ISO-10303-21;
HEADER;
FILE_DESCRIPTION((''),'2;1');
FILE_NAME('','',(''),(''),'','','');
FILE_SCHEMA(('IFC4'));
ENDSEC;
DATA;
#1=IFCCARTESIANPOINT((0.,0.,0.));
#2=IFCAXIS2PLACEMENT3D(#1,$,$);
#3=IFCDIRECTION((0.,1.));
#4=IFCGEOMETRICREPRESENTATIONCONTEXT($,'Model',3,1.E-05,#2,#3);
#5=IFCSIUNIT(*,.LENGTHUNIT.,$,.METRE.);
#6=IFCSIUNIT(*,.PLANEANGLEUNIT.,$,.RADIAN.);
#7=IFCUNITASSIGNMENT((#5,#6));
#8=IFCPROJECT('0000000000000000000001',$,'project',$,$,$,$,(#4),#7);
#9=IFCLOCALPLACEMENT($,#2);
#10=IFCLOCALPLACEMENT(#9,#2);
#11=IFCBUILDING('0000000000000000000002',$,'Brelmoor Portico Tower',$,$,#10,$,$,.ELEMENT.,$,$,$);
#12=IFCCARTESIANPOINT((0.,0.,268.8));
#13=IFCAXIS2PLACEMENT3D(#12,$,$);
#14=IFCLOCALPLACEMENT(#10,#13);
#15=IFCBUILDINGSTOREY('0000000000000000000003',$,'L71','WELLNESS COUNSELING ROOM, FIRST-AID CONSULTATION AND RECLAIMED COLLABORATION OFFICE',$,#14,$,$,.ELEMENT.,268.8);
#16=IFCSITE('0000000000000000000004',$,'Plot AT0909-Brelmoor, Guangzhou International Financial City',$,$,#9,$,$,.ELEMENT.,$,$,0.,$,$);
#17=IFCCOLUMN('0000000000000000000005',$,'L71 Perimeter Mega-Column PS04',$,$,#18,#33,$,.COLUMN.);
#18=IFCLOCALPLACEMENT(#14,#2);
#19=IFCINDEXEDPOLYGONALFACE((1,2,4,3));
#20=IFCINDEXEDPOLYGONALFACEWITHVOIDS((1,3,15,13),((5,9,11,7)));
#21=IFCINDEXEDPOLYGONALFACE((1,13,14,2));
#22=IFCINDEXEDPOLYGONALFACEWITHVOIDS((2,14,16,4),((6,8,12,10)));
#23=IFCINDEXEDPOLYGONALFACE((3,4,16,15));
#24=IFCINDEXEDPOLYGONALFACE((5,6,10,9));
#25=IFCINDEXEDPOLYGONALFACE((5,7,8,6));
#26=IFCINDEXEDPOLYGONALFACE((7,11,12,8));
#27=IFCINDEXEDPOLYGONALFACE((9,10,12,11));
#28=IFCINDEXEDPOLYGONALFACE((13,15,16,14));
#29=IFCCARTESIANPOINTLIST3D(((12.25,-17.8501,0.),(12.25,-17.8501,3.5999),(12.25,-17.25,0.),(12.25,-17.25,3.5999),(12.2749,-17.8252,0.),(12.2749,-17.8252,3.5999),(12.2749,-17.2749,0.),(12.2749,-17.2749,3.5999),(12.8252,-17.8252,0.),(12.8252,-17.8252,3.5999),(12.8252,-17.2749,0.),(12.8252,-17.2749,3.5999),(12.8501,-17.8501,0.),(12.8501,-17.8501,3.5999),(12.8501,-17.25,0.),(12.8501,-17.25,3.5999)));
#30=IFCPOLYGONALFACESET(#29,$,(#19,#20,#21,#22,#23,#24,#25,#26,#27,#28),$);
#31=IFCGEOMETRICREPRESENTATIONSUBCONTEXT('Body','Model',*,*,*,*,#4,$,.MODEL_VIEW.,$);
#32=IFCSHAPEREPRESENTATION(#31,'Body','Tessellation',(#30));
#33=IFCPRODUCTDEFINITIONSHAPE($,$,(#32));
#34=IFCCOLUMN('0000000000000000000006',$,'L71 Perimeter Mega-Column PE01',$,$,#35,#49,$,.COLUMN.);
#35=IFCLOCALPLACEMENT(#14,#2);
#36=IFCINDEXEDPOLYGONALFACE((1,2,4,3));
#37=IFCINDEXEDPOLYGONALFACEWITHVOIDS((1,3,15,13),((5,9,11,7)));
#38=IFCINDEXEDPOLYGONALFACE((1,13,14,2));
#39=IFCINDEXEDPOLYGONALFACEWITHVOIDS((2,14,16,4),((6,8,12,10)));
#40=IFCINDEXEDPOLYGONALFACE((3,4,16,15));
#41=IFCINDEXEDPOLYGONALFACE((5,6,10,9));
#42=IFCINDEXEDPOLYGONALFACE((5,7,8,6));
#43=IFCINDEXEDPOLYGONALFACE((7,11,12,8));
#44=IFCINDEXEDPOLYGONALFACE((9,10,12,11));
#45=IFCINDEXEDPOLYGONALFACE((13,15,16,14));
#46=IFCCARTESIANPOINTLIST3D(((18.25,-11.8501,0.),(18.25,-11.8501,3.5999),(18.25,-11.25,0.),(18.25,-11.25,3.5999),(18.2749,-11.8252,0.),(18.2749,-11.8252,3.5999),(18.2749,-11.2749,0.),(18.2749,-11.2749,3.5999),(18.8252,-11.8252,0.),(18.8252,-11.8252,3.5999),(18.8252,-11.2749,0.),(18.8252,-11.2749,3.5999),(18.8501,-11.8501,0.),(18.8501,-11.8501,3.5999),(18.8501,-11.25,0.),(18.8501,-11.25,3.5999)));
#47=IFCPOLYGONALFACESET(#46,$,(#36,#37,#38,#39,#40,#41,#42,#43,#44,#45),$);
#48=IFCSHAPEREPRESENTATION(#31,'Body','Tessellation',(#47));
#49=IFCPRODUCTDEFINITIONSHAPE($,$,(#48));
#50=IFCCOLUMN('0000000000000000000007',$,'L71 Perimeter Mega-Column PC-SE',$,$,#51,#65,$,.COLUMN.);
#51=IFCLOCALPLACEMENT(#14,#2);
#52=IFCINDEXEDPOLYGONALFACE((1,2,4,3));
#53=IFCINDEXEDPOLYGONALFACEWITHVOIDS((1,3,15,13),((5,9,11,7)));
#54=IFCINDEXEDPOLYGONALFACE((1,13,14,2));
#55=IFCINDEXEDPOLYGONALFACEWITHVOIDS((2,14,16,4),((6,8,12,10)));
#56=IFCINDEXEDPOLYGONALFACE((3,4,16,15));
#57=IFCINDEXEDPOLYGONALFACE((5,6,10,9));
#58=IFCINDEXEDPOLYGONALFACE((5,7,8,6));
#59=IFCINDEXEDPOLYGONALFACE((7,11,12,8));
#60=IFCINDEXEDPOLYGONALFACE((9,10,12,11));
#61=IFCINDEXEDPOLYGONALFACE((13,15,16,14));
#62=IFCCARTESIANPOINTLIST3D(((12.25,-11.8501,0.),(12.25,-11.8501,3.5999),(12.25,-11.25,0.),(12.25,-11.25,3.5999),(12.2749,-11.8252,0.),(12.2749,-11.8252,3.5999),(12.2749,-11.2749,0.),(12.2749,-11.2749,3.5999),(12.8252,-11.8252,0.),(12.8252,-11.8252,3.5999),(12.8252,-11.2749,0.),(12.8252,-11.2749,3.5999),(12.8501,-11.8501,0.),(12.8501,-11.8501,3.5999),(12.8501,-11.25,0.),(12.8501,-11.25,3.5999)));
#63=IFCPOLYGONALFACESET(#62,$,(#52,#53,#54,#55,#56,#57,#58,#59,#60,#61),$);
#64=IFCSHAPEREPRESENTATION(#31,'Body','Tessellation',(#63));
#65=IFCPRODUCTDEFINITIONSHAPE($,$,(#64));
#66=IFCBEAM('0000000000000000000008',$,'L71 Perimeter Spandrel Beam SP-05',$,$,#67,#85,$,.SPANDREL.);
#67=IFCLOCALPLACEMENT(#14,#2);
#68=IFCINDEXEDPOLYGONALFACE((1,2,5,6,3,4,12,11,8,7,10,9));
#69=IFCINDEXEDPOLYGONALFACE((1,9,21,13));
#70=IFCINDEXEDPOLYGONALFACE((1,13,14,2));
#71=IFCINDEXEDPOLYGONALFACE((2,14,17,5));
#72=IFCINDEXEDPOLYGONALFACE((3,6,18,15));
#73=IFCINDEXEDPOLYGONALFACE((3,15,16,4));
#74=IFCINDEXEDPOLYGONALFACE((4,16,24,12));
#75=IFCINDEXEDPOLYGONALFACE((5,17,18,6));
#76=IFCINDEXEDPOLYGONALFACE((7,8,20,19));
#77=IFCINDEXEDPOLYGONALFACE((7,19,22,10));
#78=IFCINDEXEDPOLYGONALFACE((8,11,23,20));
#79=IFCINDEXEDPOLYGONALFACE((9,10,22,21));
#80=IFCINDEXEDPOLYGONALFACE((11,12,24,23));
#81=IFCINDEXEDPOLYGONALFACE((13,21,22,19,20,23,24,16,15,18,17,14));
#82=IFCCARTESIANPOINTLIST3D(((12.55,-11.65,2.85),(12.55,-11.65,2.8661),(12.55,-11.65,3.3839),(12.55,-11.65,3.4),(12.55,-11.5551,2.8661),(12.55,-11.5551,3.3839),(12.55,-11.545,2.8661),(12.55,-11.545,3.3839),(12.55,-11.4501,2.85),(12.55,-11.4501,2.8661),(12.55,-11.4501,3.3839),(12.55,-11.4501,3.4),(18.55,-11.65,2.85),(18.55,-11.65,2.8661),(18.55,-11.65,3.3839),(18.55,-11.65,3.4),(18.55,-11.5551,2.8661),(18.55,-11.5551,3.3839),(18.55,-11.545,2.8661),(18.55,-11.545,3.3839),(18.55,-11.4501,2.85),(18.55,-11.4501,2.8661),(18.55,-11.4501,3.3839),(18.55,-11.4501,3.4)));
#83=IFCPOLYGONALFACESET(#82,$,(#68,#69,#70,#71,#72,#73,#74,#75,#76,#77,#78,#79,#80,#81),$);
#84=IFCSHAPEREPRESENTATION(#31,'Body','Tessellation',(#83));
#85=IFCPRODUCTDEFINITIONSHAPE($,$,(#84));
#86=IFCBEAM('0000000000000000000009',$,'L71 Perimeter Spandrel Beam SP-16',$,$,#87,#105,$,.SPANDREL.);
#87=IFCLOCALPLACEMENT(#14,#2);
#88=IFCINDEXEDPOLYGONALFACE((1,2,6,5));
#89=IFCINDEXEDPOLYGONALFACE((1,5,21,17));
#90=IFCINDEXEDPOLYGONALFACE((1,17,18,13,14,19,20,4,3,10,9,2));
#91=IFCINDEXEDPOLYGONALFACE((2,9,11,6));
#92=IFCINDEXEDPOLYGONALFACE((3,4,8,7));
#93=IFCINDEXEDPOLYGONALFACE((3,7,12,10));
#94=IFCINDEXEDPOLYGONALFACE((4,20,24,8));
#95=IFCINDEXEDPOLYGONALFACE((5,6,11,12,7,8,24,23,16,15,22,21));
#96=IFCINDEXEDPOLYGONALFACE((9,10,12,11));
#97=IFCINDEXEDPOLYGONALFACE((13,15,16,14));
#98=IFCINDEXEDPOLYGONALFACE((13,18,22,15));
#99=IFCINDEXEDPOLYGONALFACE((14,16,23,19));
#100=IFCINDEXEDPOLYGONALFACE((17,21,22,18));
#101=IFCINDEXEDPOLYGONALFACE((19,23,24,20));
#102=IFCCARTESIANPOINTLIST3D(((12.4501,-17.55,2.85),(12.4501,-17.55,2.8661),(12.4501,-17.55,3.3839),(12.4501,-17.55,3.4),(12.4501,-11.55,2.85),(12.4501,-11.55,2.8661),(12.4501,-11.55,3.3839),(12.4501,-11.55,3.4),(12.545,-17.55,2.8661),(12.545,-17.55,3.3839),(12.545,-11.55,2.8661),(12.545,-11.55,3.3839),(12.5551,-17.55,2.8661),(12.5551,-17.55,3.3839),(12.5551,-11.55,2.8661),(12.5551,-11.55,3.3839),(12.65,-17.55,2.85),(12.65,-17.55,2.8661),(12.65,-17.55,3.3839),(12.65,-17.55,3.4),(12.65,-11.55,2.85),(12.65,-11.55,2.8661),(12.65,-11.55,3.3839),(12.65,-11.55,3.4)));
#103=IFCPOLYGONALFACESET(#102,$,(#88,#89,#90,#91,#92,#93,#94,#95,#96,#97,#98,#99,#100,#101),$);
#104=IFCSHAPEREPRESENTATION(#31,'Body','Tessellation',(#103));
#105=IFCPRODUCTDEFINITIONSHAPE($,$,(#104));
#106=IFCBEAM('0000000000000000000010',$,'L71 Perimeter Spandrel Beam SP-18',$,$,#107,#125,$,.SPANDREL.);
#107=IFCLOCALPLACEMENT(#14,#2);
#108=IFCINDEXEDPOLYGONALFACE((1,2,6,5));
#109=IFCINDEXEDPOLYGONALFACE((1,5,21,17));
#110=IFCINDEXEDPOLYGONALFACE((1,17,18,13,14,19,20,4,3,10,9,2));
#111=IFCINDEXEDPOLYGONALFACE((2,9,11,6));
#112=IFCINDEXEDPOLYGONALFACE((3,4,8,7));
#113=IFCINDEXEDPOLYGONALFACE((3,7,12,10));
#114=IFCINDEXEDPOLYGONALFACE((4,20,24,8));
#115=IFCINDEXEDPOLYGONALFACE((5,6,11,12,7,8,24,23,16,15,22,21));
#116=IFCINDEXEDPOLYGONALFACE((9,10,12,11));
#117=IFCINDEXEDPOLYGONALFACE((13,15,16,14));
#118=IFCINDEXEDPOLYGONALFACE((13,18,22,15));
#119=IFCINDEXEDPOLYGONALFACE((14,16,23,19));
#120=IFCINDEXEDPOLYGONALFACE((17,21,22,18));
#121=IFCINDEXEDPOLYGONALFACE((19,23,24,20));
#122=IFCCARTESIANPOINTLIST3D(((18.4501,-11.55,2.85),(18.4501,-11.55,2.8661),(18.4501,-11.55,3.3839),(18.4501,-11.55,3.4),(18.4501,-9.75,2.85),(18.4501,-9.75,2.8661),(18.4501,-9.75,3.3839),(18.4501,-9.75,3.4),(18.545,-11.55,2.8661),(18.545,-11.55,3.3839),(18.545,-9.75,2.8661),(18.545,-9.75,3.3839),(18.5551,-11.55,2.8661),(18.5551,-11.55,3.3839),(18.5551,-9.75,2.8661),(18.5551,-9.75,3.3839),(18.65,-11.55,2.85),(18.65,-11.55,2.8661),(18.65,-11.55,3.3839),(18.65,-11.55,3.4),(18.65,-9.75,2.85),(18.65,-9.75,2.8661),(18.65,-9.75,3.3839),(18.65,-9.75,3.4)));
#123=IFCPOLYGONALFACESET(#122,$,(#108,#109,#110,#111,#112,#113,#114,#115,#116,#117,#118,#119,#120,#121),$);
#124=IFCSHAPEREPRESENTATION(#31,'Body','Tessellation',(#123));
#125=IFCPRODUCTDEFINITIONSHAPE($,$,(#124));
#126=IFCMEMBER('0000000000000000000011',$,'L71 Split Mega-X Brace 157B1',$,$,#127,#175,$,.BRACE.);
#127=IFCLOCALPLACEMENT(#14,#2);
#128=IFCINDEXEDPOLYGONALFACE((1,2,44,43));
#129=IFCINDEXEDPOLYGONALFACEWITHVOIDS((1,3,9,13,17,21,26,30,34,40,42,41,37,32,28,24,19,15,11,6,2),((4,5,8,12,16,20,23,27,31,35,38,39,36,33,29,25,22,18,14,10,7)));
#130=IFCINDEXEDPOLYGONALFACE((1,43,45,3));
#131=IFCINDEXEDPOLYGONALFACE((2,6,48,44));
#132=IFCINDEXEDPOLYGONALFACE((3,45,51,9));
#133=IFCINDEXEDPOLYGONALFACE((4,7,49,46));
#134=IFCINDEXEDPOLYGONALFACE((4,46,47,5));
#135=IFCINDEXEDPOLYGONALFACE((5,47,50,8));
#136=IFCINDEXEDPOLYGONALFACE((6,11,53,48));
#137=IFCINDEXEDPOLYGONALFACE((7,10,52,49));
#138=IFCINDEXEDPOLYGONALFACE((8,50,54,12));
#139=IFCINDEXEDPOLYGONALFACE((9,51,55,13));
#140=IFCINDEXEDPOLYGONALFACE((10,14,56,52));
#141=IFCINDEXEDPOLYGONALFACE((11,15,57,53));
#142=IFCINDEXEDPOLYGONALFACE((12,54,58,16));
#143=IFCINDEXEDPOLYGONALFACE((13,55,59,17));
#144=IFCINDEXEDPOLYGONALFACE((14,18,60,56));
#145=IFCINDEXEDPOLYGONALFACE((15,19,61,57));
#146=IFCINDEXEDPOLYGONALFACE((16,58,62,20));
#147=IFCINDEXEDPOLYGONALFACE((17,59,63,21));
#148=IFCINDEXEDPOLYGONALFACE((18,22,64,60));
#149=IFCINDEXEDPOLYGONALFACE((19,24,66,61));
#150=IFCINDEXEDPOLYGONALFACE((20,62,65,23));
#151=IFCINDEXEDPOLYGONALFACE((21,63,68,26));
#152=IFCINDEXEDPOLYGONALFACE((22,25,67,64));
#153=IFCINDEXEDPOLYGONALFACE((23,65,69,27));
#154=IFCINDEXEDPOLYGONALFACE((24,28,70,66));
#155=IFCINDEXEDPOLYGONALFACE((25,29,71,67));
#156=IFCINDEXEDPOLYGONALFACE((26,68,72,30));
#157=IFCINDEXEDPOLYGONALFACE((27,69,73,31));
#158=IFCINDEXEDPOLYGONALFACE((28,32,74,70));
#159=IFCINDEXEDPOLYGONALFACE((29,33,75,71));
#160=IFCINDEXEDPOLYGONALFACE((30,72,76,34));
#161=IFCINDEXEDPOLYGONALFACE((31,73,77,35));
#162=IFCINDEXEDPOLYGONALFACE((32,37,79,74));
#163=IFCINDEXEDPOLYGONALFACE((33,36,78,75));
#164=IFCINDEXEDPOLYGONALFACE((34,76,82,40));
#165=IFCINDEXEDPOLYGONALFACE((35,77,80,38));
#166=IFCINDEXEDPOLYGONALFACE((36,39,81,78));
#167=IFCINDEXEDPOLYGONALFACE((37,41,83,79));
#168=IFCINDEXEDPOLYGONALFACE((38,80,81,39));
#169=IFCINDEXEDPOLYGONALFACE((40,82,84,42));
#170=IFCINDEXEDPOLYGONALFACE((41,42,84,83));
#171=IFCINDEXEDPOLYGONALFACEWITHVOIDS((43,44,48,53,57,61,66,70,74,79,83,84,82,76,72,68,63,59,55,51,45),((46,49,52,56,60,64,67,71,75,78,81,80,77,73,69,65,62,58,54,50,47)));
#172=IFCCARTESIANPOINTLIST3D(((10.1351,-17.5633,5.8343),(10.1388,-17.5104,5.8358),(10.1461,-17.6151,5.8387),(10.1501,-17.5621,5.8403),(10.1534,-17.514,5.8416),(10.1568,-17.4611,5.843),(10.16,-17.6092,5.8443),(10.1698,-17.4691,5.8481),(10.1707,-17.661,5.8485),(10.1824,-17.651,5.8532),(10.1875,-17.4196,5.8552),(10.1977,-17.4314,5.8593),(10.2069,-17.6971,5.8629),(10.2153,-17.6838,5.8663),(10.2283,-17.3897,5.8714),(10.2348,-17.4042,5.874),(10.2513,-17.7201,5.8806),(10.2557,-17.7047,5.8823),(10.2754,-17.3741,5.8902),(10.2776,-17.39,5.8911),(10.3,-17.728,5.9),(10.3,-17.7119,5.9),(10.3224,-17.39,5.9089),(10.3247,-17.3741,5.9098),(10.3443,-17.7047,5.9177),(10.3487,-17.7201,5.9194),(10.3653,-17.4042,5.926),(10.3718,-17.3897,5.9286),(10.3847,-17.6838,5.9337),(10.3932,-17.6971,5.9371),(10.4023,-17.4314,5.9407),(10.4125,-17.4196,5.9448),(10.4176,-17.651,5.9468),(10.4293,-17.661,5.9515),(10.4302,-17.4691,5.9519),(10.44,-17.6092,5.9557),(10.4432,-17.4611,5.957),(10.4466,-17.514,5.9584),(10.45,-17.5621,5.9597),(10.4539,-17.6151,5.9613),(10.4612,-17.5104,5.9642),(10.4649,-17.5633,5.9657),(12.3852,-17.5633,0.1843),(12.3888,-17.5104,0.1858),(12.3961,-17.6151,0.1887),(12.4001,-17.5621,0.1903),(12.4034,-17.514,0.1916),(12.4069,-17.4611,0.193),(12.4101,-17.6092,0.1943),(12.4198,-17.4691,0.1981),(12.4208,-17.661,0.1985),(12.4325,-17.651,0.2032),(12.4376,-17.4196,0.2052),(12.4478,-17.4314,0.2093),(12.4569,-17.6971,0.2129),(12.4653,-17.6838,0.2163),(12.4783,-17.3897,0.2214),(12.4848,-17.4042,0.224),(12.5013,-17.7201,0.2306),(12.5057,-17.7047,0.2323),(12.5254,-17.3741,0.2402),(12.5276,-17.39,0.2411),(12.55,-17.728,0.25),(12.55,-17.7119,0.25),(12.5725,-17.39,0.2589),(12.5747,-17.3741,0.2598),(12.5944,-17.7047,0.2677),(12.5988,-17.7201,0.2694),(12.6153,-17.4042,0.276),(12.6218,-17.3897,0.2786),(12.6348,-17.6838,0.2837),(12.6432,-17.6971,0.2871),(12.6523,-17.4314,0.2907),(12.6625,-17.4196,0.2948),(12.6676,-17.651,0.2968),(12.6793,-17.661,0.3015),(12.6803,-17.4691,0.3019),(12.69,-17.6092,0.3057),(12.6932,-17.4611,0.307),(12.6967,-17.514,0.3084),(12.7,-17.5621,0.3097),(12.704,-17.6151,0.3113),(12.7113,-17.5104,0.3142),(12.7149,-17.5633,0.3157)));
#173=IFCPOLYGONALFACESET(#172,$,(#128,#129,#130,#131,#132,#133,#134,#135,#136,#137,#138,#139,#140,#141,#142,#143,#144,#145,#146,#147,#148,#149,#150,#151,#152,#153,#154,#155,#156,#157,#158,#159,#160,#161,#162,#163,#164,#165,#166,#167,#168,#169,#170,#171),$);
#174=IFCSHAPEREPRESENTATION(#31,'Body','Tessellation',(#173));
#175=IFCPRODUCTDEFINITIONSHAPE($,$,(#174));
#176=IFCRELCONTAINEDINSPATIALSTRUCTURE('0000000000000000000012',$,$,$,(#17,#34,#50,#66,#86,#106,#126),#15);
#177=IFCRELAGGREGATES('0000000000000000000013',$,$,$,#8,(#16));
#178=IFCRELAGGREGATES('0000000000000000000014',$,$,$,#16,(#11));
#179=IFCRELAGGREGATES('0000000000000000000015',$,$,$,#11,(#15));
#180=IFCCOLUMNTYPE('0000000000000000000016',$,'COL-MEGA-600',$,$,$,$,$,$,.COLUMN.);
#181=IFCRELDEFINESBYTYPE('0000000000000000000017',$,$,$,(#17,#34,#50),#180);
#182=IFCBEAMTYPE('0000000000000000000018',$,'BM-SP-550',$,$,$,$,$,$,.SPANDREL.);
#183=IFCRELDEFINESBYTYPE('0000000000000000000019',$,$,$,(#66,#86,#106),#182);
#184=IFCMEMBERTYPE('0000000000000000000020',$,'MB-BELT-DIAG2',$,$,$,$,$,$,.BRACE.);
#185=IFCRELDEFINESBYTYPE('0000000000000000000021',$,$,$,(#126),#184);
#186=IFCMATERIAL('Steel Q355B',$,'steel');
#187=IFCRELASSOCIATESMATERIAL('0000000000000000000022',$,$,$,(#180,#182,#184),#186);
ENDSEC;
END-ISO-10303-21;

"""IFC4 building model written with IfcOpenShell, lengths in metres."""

from ifc_helpers import new_model, si_unit, direction, frame, origin, origin_2d, place, context, subcontext, project, spatial, hollow_rectangle, hollow_circle, i_section, extrude, material, material_profile, profile_set, type_object, element, save


model = new_model("IFC4")

# Units and contexts
model_context = context("Model", 3, precision=1e-05, world=origin(), true_north=direction((0.0, 1.0)))
body_context = subcontext(model_context, "Body", "Model", "MODEL_VIEW")
ifc_project = project(units=[si_unit("LENGTHUNIT", "METRE"), si_unit("PLANEANGLEUNIT", "RADIAN")], contexts=[model_context])

# Site, building, storey
site_placement = place(None, origin())
site = spatial("IfcSite", under=ifc_project, at=site_placement, Name="Plot AT0909-Brelmoor, Guangzhou International Financial City", CompositionType="ELEMENT", RefElevation=0.0)
building_placement = place(site_placement, origin())
building = spatial("IfcBuilding", under=site, at=building_placement, Name="Brelmoor Portico Tower", CompositionType="ELEMENT")
storey_placement = place(building_placement, frame((0.0, 0.0, 268.8)))
storey = spatial("IfcBuildingStorey", under=building, at=storey_placement, Name="L71", Description="WELLNESS COUNSELING ROOM, FIRST-AID CONSULTATION AND RECLAIMED COLLABORATION OFFICE", CompositionType="ELEMENT", Elevation=268.8)

# Columns
ifc_material_1 = material(Name="Steel Q355B", Category="steel")
ifc_material_profile_1 = material_profile(ifc_material_1, hollow_rectangle(XDim=0.6001, YDim=0.6001, WallThickness=0.0249, at=origin_2d()), Name="BOX 600x600x25")
ifc_profile_set_1 = profile_set([ifc_material_profile_1], Name="Steel Q355B")
column_type = type_object("IfcColumnType", Name="COL-MEGA-600", PredefinedType="COLUMN", material=ifc_profile_set_1)
for number, where, z_axis, x_axis, name in (
    (1, (12.55, -17.55, 0.0), (0.0, 0.0, 1.0), (1.0, 0.0, 0.0), "L71 Perimeter Mega-Column PS04"),
    (2, (18.55, -11.55, 0.0), (0.0, 0.0, 1.0), (0.0, 1.0, 0.0), "L71 Perimeter Mega-Column PE01"),
    (3, (12.55, -11.55, 0.0), (0.0, 0.0, 1.0), (1.0, 0.0, 0.0), "L71 Perimeter Mega-Column PC-SE"),
):
    element("IfcColumn", number, at=place(storey_placement, frame(where, z_axis=z_axis, x_axis=x_axis)), inside=storey, type_object=column_type, Name=name, PredefinedType="COLUMN", context=body_context, shape_type="SweptSolid", body=[
        extrude(hollow_rectangle(XDim=0.6001, YDim=0.6001, WallThickness=0.0249, at=origin_2d()), origin(), (0.0, 0.0, 1.0), 3.5999),
    ])

# Beams
ifc_material_profile_2 = material_profile(ifc_material_1, i_section(OverallWidth=0.2, OverallDepth=0.55, WebThickness=0.01, FlangeThickness=0.0161, at=origin_2d()), Name="HN 550x200x10x16")
ifc_profile_set_2 = profile_set([ifc_material_profile_2], Name="Steel Q355B")
beam_type = type_object("IfcBeamType", Name="BM-SP-550", PredefinedType="SPANDREL", material=ifc_profile_set_2)
for number, where, z_axis, x_axis, name in (
    (4, (12.55, -11.55, 3.125), (1.0, 0.0, 0.0), (0.0, 1.0, 0.0), "L71 Perimeter Spandrel Beam SP-05"),
    (5, (12.55, -17.55, 3.125), (0.0, 1.0, 0.0), (-1.0, 0.0, 0.0), "L71 Perimeter Spandrel Beam SP-16"),
):
    element("IfcBeam", number, at=place(storey_placement, frame(where, z_axis=z_axis, x_axis=x_axis)), inside=storey, type_object=beam_type, Name=name, PredefinedType="SPANDREL", context=body_context, shape_type="SweptSolid", body=[
        extrude(i_section(OverallWidth=0.2, OverallDepth=0.55, WebThickness=0.01, FlangeThickness=0.0161, at=origin_2d()), origin(), (0.0, 0.0, 1.0), 6.0),
    ])
beam_placement = place(storey_placement, frame((18.55, -11.55, 3.125), z_axis=(0.0, 1.0, 0.0), x_axis=(-1.0, 0.0, 0.0)))
element("IfcBeam", 6, at=beam_placement, inside=storey, type_object=beam_type, Name="L71 Perimeter Spandrel Beam SP-18", PredefinedType="SPANDREL", context=body_context, shape_type="SweptSolid", body=[
    extrude(i_section(OverallWidth=0.2, OverallDepth=0.55, WebThickness=0.01, FlangeThickness=0.0161, at=origin_2d()), origin(), (0.0, 0.0, 1.0), 1.8),
])

# Member
ifc_material_profile_3 = material_profile(ifc_material_1, hollow_circle(Radius=0.178, WallThickness=0.0161, at=origin_2d()), Name="CHS 356x16")
ifc_profile_set_3 = profile_set([ifc_material_profile_3], Name="Steel Q355B")
member_type_1 = type_object("IfcMemberType", Name="MB-BELT-DIAG2", PredefinedType="BRACE", material=ifc_profile_set_3)
member_1_placement = place(storey_placement, frame((12.55, -17.55, 0.25), z_axis=(-0.369978, 0.0, 0.92904), x_axis=(0.0, -1.0, 0.0)))
element("IfcMember", 7, at=member_1_placement, inside=storey, type_object=member_type_1, Name="L71 Split Mega-X Brace 157B1", PredefinedType="BRACE", context=body_context, shape_type="SweptSolid", body=[
    extrude(hollow_circle(Radius=0.178, WallThickness=0.0161, at=origin_2d()), origin(), (0.0, 0.0, 1.0), 6.0815),
])

save(model, "model.ifc")
